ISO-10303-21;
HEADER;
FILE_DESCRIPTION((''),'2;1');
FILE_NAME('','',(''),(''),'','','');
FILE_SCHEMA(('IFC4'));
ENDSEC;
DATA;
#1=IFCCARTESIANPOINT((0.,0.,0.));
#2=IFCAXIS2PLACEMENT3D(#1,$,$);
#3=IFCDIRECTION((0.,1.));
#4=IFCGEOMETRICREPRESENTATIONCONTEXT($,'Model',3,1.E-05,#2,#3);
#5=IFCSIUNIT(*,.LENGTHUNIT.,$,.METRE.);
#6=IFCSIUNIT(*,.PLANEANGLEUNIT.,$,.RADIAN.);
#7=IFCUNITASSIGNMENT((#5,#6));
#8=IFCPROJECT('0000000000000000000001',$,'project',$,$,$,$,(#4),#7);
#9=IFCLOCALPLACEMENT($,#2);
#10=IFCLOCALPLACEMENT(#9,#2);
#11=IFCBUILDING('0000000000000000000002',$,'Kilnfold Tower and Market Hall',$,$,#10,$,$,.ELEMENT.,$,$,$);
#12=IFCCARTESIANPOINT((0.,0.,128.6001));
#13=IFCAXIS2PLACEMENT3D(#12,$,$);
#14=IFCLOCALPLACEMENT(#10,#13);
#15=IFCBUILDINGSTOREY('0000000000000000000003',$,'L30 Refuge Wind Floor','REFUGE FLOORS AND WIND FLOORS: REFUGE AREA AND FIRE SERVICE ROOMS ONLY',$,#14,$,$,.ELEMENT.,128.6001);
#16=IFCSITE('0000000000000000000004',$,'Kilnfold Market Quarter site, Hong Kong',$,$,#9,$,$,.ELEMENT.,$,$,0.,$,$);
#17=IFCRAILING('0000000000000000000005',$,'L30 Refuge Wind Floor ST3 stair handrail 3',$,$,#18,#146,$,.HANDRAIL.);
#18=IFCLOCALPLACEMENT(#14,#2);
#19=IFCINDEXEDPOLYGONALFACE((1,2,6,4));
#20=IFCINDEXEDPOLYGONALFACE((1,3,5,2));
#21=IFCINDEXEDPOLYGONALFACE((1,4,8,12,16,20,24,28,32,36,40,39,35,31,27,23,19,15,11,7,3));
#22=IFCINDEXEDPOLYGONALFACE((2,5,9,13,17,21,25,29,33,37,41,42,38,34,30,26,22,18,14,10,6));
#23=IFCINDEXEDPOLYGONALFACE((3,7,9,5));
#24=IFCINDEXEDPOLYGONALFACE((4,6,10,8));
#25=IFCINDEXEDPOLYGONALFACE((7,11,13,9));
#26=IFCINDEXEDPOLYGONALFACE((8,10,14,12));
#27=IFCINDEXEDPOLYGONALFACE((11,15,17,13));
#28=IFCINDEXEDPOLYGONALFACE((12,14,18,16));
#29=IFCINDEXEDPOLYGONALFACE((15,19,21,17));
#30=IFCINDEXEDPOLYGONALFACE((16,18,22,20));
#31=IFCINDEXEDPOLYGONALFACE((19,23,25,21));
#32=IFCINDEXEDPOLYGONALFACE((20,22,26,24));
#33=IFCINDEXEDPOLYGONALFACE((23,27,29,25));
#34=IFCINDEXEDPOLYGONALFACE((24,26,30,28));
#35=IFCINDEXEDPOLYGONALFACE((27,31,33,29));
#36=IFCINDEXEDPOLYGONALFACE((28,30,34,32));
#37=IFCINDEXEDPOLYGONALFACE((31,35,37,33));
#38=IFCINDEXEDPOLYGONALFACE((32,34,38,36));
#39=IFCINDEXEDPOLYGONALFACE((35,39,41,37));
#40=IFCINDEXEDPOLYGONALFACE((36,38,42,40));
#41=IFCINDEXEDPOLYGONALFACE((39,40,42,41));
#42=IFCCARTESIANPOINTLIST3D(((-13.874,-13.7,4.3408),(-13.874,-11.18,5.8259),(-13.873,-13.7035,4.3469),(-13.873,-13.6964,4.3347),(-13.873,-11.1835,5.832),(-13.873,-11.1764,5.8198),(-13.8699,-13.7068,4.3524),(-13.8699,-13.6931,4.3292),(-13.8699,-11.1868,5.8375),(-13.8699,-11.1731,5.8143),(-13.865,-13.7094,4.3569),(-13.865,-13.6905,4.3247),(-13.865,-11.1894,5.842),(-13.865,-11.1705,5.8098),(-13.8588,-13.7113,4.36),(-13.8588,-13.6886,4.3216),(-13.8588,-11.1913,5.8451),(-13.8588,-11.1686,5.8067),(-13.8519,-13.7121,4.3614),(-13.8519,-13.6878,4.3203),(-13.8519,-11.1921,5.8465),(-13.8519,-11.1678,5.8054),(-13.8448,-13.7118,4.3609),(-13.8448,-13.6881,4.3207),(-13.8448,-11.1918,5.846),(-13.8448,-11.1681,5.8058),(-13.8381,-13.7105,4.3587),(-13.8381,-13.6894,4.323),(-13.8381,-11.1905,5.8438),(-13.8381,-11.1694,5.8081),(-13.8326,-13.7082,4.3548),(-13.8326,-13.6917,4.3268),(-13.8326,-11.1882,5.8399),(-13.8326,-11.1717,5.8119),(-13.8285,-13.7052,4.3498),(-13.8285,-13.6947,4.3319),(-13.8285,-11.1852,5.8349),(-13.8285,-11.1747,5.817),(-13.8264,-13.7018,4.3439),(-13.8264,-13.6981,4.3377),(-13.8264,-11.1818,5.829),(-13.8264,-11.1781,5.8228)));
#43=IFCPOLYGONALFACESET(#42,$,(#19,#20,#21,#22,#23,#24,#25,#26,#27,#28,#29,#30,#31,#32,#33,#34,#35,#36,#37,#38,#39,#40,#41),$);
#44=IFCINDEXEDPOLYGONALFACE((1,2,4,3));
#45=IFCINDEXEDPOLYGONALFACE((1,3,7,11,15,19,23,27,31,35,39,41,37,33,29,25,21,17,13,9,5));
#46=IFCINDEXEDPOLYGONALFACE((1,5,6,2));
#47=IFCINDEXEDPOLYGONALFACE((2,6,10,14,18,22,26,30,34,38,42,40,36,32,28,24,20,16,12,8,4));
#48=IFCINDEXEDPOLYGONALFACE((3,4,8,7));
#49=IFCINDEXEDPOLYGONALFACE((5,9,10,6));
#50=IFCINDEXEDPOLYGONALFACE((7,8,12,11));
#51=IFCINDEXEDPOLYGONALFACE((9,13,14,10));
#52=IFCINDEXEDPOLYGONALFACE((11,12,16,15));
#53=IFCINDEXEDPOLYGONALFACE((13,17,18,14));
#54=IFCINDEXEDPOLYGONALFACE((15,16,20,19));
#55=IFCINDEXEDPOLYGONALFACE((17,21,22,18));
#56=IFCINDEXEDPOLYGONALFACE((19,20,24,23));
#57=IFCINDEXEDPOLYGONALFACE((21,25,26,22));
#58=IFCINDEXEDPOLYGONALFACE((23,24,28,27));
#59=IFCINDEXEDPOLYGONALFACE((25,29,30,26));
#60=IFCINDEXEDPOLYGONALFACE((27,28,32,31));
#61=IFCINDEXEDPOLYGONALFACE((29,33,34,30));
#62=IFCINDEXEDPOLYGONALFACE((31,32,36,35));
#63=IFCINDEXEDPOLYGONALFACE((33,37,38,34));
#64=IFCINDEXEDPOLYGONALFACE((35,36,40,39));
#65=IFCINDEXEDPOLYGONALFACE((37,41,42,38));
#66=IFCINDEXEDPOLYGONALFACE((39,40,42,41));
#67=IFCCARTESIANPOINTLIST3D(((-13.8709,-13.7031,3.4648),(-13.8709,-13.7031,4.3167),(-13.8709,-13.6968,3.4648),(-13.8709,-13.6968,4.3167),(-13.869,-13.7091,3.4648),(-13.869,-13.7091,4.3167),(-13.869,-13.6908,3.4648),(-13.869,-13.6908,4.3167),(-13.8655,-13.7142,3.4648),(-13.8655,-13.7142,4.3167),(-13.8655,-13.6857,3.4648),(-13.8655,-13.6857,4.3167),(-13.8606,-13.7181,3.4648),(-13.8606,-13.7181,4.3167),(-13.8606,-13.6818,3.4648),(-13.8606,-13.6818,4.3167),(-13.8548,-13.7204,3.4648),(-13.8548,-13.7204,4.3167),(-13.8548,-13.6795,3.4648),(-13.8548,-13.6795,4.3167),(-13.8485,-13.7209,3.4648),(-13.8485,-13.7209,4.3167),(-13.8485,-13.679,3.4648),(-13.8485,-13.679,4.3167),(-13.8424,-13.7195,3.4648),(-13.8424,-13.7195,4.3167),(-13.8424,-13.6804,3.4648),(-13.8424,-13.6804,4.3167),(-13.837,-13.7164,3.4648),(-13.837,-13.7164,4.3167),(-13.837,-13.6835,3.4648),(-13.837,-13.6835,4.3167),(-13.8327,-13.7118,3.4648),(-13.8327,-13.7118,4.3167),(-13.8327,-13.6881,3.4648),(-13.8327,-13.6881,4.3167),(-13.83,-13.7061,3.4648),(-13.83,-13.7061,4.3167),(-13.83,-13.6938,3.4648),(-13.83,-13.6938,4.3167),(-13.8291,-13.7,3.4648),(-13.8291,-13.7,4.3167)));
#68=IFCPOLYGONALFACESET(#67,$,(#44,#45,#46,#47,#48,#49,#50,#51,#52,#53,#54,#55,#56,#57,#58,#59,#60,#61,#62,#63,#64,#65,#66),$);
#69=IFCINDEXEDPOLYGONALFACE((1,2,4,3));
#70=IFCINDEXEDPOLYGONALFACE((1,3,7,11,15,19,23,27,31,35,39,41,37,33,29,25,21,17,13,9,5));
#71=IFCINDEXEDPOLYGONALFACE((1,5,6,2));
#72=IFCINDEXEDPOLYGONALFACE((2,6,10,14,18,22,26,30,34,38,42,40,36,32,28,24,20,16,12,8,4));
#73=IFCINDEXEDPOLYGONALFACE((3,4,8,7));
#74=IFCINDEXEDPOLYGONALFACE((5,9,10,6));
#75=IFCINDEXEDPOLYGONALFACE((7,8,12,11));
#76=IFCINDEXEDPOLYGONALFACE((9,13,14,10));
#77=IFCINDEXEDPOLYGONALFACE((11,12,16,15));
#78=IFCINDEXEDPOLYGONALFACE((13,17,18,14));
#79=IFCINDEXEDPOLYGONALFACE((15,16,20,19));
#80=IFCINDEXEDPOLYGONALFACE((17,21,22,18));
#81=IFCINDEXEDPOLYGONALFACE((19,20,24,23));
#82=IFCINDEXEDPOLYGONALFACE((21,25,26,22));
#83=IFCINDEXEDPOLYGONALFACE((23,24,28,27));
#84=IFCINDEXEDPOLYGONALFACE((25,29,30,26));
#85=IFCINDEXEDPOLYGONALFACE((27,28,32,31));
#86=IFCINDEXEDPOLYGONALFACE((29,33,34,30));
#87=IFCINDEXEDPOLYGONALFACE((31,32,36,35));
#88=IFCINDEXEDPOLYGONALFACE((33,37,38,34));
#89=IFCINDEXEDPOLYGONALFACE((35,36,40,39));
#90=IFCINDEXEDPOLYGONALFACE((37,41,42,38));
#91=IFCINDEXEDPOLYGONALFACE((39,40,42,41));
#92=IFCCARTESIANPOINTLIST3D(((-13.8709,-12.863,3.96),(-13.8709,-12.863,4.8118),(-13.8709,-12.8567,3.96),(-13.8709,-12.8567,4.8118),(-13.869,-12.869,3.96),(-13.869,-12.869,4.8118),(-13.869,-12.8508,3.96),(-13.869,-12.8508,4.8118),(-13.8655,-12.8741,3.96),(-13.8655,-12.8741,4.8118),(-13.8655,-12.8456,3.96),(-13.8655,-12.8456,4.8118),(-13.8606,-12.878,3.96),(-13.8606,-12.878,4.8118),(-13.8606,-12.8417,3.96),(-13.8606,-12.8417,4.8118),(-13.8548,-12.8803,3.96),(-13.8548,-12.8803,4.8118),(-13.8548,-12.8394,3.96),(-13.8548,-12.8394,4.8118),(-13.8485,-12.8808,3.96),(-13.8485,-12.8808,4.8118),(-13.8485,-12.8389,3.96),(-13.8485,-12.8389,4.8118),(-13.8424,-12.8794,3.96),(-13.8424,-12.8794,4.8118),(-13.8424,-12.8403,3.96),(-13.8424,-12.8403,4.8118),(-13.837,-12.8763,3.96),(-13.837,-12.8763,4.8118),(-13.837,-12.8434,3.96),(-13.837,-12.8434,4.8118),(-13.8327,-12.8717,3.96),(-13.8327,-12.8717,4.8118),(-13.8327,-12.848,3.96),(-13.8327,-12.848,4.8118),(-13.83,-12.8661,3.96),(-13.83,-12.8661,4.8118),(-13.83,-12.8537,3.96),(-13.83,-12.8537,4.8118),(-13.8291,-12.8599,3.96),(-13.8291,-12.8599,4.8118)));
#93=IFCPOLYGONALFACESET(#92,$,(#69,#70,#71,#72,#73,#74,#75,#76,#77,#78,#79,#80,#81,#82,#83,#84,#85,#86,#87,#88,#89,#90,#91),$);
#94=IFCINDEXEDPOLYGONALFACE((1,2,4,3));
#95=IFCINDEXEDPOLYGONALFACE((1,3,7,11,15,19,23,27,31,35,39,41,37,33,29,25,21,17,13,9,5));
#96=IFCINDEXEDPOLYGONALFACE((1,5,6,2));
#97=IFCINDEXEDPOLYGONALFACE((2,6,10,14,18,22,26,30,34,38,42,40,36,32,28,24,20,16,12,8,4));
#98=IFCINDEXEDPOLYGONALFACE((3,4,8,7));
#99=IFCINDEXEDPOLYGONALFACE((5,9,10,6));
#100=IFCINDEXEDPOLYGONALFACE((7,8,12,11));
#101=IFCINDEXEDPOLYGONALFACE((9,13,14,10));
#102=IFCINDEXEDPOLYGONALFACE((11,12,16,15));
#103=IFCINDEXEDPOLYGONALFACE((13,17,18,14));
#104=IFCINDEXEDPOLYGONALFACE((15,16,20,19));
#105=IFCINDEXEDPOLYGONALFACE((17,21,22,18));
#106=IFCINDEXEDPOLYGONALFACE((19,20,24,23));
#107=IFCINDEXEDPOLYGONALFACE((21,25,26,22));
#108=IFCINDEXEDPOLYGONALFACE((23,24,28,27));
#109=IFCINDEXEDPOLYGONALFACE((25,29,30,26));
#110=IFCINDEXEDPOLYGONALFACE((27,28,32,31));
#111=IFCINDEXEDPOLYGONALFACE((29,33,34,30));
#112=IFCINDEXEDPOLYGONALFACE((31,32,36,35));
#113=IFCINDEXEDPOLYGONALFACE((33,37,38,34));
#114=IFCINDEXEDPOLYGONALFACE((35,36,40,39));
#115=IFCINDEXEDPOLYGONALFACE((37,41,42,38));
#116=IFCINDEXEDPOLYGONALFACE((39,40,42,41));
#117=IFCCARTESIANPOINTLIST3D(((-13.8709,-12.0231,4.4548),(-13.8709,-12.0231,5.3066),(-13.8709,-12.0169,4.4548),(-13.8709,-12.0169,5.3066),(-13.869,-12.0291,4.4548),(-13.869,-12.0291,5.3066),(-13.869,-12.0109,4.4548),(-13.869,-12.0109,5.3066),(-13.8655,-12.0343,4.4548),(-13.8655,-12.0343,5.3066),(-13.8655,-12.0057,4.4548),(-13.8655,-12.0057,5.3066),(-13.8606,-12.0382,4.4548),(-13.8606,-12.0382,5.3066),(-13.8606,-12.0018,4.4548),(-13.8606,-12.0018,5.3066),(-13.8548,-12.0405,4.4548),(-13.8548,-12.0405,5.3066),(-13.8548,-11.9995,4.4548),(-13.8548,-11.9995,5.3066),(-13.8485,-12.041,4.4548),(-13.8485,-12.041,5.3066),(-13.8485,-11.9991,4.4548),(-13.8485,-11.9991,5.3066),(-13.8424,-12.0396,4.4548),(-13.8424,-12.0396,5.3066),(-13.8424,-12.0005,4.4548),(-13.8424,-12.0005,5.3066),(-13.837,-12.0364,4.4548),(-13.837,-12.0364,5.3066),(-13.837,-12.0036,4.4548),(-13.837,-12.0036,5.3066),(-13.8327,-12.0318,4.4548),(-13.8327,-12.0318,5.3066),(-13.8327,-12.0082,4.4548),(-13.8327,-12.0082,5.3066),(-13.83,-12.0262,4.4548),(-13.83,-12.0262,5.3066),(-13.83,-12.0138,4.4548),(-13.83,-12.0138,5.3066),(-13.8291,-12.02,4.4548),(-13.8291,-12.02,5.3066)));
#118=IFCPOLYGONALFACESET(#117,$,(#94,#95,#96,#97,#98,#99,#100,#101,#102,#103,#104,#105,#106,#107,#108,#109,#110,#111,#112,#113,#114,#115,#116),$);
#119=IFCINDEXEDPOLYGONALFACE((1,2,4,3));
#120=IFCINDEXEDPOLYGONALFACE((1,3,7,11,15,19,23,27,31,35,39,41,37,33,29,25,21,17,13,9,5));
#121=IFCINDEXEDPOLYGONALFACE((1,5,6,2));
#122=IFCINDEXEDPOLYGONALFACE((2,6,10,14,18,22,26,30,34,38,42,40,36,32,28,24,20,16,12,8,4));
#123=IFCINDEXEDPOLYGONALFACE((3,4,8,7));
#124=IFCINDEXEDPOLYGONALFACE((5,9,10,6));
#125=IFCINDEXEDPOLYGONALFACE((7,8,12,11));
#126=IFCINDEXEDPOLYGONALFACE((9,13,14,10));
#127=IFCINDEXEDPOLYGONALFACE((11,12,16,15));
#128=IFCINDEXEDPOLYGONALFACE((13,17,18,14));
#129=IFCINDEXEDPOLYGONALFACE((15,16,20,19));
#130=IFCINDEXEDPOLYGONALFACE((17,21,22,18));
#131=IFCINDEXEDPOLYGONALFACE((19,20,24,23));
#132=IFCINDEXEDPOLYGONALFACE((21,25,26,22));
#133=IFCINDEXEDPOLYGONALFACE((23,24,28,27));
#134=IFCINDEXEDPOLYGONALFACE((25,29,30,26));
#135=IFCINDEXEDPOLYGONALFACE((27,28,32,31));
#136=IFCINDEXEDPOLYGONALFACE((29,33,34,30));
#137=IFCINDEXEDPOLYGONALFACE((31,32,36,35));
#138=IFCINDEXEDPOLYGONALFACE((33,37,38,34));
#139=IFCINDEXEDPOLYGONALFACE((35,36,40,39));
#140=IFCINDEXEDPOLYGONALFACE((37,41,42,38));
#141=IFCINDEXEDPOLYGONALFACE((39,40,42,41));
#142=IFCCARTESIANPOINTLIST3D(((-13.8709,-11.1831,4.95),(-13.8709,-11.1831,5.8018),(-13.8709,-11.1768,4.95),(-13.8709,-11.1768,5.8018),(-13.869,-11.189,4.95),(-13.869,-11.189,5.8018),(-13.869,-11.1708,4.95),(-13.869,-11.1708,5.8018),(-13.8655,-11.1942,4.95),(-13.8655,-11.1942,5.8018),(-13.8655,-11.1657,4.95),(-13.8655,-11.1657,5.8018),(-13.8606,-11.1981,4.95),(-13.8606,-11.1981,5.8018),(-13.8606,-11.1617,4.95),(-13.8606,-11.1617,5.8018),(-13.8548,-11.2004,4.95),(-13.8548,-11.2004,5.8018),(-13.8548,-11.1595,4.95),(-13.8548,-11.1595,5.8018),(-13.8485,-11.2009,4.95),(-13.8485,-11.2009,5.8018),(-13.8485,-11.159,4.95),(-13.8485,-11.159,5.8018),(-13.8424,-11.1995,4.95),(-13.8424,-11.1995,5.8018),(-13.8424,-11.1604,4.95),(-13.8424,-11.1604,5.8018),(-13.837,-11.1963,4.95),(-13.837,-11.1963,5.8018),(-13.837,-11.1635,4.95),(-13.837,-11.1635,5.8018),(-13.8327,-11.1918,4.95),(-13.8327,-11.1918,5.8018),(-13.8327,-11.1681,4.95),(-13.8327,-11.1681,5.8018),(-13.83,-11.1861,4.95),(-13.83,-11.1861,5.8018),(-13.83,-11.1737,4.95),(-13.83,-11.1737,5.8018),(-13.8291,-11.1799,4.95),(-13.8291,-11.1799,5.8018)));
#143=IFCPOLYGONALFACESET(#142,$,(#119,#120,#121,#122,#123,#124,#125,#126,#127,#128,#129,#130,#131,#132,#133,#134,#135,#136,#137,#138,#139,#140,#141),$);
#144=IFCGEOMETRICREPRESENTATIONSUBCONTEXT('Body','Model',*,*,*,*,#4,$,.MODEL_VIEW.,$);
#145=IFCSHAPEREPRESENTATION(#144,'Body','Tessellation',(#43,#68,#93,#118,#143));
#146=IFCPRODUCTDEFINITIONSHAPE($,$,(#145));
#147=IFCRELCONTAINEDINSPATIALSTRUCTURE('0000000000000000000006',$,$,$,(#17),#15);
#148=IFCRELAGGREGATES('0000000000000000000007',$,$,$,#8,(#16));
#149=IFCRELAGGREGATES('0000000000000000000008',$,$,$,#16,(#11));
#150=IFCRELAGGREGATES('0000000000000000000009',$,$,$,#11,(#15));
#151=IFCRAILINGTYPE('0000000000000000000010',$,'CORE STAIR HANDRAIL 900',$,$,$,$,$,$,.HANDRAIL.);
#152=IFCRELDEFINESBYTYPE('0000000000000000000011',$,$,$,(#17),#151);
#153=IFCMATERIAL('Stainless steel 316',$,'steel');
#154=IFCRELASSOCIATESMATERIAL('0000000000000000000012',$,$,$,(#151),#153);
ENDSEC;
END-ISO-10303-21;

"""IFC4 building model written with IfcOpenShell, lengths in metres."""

from ifc_helpers import new_model, si_unit, direction, frame, origin, origin_2d, place, context, subcontext, project, spatial, circle, extrude, material, type_object, element, save


model = new_model("IFC4")

# Units and contexts
model_context = context("Model", 3, precision=1e-05, world=origin(), true_north=direction((0.0, 1.0)))
body_context = subcontext(model_context, "Body", "Model", "MODEL_VIEW")
ifc_project = project(units=[si_unit("LENGTHUNIT", "METRE"), si_unit("PLANEANGLEUNIT", "RADIAN")], contexts=[model_context])

# Site, building, storey
site_placement = place(None, origin())
site = spatial("IfcSite", under=ifc_project, at=site_placement, Name="Kilnfold Market Quarter site, Hong Kong", CompositionType="ELEMENT", RefElevation=0.0)
building_placement = place(site_placement, origin())
building = spatial("IfcBuilding", under=site, at=building_placement, Name="Kilnfold Tower and Market Hall", CompositionType="ELEMENT")
storey_placement = place(building_placement, frame((0.0, 0.0, 128.6001)))
storey = spatial("IfcBuildingStorey", under=building, at=storey_placement, Name="L30 Refuge Wind Floor", Description="REFUGE FLOORS AND WIND FLOORS: REFUGE AREA AND FIRE SERVICE ROOMS ONLY", CompositionType="ELEMENT", Elevation=128.6001)

# Railing
ifc_material_1 = material(Name="Stainless steel 316", Category="steel")
railing_type = type_object("IfcRailingType", Name="CORE STAIR HANDRAIL 900", PredefinedType="HANDRAIL", material=ifc_material_1)
for number, where, name in (
    (1, (-13.8501, -13.7, 3.4648), "L30 Refuge Wind Floor ST3 stair handrail 3"),
):
    element("IfcRailing", number, at=place(storey_placement, frame(where)), inside=storey, type_object=railing_type, Name=name, PredefinedType="HANDRAIL", context=body_context, shape_type="SweptSolid", body=[
        extrude(circle(Radius=0.0239, at=origin_2d()), frame((0.0, 0.0, 0.876), z_axis=(0.0, 0.861524, 0.507717), x_axis=(-1.0, 0.0, 0.0)), (0.0, 0.0, 1.0), 2.925),
        extrude(circle(Radius=0.021, at=origin_2d()), origin(), (0.0, 0.0, 1.0), 0.8518),
        extrude(circle(Radius=0.021, at=origin_2d()), frame((0.0, 0.8401, 0.4951)), (0.0, 0.0, 1.0), 0.8518),
        extrude(circle(Radius=0.021, at=origin_2d()), frame((0.0, 1.6799, 0.99)), (0.0, 0.0, 1.0), 0.8518),
        extrude(circle(Radius=0.021, at=origin_2d()), frame((0.0, 2.52, 1.4851)), (0.0, 0.0, 1.0), 0.8518),
    ])

save(model, "model.ifc")
